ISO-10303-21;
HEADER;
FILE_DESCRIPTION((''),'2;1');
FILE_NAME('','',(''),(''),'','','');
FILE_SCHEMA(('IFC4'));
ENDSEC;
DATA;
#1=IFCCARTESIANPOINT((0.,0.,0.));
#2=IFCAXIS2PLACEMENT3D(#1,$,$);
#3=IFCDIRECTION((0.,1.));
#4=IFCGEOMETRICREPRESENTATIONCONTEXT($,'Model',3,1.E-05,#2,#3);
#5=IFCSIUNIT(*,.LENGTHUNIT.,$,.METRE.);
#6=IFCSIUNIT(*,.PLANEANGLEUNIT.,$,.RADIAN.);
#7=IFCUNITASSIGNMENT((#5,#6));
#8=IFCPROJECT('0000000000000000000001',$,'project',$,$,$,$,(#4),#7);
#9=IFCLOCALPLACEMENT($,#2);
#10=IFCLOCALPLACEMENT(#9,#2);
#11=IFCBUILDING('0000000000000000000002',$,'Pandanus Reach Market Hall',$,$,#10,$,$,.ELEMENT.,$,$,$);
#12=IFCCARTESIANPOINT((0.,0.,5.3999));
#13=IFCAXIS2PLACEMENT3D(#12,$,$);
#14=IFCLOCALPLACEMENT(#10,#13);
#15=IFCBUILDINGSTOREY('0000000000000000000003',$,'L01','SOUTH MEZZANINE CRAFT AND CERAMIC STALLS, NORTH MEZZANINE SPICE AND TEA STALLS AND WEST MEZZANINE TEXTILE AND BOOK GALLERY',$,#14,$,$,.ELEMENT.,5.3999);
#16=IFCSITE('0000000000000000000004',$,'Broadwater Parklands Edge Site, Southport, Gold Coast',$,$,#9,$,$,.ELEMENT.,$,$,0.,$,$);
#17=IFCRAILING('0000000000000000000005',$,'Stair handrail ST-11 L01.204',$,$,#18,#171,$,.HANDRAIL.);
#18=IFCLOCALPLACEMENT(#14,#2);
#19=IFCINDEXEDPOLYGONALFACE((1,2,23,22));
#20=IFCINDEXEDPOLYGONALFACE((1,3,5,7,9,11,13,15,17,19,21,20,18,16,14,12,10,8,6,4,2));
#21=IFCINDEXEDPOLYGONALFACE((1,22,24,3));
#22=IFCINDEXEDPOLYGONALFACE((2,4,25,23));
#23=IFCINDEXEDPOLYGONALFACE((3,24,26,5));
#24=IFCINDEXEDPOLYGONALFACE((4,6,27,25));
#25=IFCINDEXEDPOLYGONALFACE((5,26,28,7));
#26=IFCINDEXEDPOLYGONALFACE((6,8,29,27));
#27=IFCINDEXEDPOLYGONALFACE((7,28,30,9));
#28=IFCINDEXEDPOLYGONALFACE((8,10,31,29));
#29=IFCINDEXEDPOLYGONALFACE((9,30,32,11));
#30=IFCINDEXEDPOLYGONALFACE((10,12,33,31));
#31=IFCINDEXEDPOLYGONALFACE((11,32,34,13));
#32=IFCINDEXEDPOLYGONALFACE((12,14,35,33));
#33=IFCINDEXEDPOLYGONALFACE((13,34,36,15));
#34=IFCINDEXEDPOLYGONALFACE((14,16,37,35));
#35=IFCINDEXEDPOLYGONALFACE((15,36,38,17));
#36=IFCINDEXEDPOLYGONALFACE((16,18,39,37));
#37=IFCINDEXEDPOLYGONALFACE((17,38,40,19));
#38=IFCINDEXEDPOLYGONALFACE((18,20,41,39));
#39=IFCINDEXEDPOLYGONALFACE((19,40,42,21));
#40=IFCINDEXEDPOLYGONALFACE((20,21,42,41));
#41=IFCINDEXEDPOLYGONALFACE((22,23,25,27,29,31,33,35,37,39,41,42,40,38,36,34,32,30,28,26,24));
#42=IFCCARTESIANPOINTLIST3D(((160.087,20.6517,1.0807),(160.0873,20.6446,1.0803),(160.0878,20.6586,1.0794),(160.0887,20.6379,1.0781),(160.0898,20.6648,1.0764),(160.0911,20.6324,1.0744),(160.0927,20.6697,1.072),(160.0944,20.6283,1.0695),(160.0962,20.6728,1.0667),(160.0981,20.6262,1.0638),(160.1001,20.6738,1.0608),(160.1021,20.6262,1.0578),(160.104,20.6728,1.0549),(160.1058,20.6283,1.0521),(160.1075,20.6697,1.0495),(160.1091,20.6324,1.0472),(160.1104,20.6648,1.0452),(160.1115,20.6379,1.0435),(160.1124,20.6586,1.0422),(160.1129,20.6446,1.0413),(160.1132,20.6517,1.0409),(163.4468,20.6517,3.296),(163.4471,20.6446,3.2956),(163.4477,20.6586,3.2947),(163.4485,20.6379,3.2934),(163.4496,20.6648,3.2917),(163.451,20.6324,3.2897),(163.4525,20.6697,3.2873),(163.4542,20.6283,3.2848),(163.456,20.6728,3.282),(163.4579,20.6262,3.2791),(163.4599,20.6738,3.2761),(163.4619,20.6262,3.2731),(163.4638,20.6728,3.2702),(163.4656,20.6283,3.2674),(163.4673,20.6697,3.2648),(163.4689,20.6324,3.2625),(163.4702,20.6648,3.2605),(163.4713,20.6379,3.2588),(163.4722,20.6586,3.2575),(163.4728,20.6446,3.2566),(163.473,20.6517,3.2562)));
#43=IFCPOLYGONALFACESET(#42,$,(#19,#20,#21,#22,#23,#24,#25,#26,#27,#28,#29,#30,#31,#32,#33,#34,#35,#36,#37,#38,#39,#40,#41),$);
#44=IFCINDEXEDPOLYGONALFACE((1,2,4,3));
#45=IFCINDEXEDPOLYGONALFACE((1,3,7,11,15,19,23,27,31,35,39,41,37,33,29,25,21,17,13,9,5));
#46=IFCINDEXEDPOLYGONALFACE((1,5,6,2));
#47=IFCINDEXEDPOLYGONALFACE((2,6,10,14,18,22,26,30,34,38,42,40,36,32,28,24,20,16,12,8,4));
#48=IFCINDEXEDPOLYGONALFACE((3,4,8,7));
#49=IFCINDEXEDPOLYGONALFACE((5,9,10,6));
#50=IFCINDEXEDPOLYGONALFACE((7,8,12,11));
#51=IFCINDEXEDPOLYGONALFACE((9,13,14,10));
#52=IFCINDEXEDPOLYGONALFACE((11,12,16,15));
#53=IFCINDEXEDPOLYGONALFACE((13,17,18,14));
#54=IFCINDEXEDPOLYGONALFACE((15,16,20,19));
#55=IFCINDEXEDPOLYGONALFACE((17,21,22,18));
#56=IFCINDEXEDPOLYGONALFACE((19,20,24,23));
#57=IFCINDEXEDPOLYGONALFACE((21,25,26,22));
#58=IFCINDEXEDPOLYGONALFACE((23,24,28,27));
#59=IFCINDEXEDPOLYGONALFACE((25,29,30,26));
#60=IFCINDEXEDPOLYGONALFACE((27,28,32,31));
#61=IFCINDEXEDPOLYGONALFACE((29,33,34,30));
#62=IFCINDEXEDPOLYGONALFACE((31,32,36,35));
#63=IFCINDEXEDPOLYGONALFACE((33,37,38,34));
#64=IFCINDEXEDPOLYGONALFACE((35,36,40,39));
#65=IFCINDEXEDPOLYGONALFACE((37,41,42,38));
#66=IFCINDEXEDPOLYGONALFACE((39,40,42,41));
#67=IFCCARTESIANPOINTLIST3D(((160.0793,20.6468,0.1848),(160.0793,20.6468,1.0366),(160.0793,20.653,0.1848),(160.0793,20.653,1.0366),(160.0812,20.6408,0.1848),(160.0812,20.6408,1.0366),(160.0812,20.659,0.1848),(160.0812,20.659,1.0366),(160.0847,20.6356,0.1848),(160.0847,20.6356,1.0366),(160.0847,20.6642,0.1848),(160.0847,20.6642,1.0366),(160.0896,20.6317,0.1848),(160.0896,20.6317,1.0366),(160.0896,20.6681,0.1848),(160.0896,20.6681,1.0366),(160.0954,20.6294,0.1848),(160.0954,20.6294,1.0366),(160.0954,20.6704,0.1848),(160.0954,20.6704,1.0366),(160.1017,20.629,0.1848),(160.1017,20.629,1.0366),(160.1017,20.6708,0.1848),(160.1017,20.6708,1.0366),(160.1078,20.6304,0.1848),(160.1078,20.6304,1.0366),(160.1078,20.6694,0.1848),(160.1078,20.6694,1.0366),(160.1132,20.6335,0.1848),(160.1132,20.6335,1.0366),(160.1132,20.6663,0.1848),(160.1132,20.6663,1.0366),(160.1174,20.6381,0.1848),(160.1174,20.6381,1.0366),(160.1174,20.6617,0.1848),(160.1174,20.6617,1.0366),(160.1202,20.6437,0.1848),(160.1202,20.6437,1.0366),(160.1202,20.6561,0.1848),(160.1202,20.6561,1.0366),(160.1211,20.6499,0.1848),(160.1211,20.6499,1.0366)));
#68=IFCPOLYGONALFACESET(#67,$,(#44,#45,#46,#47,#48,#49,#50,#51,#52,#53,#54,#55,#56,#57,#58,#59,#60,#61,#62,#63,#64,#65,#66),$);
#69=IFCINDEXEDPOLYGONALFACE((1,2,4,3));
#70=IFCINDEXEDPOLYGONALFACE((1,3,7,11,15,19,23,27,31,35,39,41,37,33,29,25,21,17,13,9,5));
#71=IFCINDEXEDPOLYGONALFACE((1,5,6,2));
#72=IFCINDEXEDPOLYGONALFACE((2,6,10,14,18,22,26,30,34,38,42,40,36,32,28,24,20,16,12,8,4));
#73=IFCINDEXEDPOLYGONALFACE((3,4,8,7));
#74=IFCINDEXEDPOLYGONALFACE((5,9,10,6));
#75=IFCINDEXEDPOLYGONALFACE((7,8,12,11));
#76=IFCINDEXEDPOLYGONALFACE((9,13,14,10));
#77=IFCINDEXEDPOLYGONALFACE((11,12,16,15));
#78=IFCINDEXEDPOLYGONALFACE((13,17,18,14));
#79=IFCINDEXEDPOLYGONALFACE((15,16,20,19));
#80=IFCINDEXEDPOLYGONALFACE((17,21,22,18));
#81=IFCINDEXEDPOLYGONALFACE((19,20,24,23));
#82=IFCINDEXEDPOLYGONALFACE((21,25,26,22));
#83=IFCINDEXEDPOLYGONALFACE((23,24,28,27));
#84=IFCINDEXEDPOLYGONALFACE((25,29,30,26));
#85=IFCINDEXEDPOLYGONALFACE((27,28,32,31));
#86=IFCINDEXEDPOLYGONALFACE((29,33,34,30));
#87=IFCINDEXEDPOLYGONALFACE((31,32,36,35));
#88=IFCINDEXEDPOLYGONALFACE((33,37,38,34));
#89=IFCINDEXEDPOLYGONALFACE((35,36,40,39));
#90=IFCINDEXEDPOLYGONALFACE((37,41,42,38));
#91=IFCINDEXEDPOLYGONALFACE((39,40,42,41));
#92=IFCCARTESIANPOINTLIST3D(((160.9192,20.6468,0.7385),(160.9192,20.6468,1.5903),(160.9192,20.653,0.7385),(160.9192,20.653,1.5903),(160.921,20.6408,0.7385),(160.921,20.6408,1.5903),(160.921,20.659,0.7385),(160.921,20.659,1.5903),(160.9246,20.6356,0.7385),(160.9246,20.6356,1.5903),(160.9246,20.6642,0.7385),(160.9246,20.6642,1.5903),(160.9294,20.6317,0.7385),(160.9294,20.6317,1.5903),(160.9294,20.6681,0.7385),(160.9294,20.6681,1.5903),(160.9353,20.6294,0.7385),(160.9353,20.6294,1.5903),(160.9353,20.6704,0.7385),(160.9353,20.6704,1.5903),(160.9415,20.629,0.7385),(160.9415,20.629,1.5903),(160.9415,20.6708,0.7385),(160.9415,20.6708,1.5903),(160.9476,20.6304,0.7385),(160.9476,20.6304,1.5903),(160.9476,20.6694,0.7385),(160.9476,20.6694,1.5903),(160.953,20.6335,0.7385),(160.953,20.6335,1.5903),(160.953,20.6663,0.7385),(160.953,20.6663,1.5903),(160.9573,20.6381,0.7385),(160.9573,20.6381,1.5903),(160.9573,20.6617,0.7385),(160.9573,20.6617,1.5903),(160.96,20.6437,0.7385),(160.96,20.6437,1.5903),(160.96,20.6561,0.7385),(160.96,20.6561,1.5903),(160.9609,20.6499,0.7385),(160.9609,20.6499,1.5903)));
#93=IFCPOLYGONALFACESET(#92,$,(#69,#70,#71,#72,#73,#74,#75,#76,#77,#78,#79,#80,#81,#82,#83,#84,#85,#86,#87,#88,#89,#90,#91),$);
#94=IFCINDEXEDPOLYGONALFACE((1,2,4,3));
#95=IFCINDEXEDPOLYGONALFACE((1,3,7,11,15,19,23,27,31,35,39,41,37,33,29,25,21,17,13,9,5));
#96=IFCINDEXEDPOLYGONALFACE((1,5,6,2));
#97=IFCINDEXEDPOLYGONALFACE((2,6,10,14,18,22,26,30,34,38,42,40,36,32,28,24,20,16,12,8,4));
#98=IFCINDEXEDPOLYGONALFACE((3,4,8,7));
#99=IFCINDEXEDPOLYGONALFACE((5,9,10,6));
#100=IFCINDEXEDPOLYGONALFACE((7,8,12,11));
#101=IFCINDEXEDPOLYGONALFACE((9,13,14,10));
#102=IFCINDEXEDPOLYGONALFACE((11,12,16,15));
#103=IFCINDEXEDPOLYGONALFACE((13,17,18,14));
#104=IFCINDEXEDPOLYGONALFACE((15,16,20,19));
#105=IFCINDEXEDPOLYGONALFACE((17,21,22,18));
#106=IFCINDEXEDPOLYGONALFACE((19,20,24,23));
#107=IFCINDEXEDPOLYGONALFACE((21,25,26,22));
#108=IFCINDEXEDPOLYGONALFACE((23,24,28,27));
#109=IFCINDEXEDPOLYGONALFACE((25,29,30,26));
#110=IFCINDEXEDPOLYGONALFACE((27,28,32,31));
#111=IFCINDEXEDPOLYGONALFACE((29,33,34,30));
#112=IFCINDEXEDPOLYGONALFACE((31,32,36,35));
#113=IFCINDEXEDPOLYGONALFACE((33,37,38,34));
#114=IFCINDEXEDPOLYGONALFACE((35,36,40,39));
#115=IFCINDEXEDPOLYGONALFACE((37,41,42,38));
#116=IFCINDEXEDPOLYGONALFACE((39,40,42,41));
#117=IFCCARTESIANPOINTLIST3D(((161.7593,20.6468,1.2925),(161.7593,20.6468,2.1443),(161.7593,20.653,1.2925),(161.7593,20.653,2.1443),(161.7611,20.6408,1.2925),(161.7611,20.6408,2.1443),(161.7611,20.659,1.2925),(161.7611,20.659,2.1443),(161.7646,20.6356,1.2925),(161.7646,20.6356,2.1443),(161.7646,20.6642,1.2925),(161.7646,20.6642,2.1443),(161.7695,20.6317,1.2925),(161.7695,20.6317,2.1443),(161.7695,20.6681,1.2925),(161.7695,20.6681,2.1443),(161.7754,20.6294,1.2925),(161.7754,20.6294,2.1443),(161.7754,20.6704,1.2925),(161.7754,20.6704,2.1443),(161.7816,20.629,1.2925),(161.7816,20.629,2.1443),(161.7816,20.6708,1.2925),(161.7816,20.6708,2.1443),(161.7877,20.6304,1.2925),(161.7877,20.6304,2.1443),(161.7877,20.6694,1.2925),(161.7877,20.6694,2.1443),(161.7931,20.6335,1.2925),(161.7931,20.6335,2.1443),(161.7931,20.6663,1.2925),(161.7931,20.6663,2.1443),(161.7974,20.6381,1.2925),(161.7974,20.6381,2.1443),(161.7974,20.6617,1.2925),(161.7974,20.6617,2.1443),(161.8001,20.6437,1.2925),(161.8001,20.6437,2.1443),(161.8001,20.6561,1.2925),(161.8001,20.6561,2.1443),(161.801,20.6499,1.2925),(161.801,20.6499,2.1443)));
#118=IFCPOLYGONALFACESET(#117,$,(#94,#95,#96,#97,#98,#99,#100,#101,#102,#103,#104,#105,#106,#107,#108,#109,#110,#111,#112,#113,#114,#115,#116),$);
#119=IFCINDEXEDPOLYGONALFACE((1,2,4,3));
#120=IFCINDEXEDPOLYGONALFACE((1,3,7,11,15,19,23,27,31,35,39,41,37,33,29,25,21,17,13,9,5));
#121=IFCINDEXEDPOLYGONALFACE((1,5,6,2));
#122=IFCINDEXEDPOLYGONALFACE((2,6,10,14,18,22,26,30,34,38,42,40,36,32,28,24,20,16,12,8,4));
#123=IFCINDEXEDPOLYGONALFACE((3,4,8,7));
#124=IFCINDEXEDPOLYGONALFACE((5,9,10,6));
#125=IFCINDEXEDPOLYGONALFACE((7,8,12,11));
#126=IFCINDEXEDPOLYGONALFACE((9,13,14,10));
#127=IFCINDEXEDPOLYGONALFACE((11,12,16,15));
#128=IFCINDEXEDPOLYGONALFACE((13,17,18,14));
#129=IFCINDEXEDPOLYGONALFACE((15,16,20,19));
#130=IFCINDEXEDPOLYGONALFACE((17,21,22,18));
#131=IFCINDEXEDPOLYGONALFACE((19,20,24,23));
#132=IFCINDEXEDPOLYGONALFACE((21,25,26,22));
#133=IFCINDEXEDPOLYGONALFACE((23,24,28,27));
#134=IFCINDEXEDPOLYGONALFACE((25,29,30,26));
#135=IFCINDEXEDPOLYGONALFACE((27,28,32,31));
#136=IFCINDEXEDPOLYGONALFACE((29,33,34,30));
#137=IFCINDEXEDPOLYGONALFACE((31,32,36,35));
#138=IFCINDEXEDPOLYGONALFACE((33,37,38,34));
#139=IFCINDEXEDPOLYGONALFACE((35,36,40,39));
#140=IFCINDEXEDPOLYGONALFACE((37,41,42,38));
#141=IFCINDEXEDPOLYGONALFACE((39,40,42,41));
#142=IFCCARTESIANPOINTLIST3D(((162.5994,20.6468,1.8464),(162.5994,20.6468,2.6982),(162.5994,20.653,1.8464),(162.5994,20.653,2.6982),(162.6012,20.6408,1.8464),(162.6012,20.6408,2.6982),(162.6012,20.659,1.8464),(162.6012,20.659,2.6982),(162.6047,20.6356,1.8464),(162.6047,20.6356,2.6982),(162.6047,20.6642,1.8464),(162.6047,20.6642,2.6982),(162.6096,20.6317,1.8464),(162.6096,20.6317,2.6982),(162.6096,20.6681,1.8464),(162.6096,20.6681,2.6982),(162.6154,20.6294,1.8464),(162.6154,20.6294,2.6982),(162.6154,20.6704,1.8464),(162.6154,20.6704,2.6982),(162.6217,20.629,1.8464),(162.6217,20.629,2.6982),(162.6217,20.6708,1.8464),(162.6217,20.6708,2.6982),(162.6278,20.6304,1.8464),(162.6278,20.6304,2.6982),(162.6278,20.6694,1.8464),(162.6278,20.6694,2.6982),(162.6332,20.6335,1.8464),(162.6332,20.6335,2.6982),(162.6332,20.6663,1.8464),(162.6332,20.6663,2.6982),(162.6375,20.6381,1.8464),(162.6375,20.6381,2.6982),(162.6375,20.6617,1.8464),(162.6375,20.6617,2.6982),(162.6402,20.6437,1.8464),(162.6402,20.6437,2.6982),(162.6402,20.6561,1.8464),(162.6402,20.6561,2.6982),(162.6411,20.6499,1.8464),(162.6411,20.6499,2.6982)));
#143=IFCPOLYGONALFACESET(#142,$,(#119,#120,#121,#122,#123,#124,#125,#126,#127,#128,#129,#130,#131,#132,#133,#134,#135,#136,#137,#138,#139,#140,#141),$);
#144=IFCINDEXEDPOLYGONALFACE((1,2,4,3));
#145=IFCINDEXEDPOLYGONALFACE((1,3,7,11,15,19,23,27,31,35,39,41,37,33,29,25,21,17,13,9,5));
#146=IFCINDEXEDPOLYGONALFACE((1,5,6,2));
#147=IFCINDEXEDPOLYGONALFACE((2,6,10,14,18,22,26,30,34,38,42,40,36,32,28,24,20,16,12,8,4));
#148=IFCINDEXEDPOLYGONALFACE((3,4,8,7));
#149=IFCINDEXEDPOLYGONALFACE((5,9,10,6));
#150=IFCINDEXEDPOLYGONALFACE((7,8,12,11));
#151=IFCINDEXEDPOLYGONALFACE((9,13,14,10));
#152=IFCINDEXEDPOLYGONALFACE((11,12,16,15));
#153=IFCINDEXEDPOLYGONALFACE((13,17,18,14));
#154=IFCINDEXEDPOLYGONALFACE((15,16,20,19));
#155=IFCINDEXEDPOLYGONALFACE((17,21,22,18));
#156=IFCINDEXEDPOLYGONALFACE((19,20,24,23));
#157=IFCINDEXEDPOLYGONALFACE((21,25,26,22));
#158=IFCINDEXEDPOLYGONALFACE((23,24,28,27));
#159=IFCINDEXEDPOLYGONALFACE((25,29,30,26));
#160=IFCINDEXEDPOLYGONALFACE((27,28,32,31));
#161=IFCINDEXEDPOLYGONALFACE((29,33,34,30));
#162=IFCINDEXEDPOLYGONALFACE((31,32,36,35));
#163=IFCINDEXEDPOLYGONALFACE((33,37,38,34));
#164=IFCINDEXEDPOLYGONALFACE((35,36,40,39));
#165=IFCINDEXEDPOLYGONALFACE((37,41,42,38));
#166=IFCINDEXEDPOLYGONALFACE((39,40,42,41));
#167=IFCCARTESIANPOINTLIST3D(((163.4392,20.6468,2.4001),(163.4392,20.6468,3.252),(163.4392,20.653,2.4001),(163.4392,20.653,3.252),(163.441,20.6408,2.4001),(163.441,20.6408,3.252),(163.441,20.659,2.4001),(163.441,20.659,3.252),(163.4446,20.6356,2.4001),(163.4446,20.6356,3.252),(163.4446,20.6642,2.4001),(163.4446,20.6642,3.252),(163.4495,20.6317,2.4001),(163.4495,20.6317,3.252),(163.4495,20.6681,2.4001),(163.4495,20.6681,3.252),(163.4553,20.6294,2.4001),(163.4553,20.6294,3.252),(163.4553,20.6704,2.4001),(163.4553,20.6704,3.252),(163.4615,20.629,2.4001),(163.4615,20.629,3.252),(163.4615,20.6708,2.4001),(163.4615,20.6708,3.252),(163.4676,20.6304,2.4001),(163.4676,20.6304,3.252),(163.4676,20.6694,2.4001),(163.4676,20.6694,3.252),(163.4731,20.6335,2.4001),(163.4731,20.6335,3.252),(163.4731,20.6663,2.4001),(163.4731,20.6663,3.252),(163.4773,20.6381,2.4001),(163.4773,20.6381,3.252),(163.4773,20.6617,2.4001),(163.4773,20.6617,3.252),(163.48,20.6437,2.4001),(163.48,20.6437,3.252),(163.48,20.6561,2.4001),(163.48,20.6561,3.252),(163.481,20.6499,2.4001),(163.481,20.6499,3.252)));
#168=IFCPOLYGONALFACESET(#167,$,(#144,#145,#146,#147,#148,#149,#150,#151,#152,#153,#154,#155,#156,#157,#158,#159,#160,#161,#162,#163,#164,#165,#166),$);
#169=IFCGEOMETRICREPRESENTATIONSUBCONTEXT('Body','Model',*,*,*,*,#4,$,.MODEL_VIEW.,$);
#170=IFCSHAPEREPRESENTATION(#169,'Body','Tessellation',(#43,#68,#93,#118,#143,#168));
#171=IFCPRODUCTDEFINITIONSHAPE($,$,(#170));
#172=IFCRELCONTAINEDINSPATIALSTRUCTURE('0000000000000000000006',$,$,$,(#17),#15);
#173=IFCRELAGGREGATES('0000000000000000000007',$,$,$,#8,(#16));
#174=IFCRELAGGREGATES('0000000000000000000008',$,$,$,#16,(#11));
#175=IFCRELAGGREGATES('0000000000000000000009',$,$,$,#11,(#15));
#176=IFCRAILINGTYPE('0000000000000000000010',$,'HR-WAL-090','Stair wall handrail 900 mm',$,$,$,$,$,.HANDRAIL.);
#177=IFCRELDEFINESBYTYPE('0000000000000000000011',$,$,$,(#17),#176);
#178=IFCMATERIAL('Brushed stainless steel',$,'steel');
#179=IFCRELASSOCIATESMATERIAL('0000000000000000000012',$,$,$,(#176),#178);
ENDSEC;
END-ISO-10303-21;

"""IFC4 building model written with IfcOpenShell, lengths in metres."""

from ifc_helpers import new_model, si_unit, direction, frame, origin, origin_2d, place, context, subcontext, project, spatial, circle, extrude, material, type_object, element, save


model = new_model("IFC4")

# Units and contexts
model_context = context("Model", 3, precision=1e-05, world=origin(), true_north=direction((0.0, 1.0)))
body_context = subcontext(model_context, "Body", "Model", "MODEL_VIEW")
ifc_project = project(units=[si_unit("LENGTHUNIT", "METRE"), si_unit("PLANEANGLEUNIT", "RADIAN")], contexts=[model_context])

# Site, building, storey
site_placement = place(None, origin())
site = spatial("IfcSite", under=ifc_project, at=site_placement, Name="Broadwater Parklands Edge Site, Southport, Gold Coast", CompositionType="ELEMENT", RefElevation=0.0)
building_placement = place(site_placement, origin())
building = spatial("IfcBuilding", under=site, at=building_placement, Name="Pandanus Reach Market Hall", CompositionType="ELEMENT")
storey_placement = place(building_placement, frame((0.0, 0.0, 5.3999)))
storey = spatial("IfcBuildingStorey", under=building, at=storey_placement, Name="L01", Description="SOUTH MEZZANINE CRAFT AND CERAMIC STALLS, NORTH MEZZANINE SPICE AND TEA STALLS AND WEST MEZZANINE TEXTILE AND BOOK GALLERY", CompositionType="ELEMENT", Elevation=5.3999)

# Railing
ifc_material_1 = material(Name="Brushed stainless steel", Category="steel")
railing_type_1 = type_object("IfcRailingType", Name="HR-WAL-090", Description="Stair wall handrail 900 mm", PredefinedType="HANDRAIL", material=ifc_material_1)
railing_1_placement = place(storey_placement, frame((160.1001, 20.6499, 0.1848)))
element("IfcRailing", 1, at=railing_1_placement, inside=storey, type_object=railing_type_1, Name="Stair handrail ST-11 L01.204", PredefinedType="HANDRAIL", context=body_context, shape_type="SweptSolid", body=[
    extrude(circle(Radius=0.0239, at=origin_2d()), frame((0.0, 0.0, 0.876), z_axis=(0.834858, 0.0, 0.550465), x_axis=(0.0, 1.0, 0.0)), (0.0, 0.0, 1.0), 4.0244),
    extrude(circle(Radius=0.021, at=origin_2d()), origin(), (0.0, 0.0, 1.0), 0.8518),
    extrude(circle(Radius=0.021, at=origin_2d()), frame((0.8398, 0.0, 0.5537)), (0.0, 0.0, 1.0), 0.8518),
    extrude(circle(Radius=0.021, at=origin_2d()), frame((1.6799, 0.0, 1.1077)), (0.0, 0.0, 1.0), 0.8518),
    extrude(circle(Radius=0.021, at=origin_2d()), frame((2.52, 0.0, 1.6616)), (0.0, 0.0, 1.0), 0.8518),
    extrude(circle(Radius=0.021, at=origin_2d()), frame((3.3599, 0.0, 2.2153)), (0.0, 0.0, 1.0), 0.8518),
])

save(model, "model.ifc")
